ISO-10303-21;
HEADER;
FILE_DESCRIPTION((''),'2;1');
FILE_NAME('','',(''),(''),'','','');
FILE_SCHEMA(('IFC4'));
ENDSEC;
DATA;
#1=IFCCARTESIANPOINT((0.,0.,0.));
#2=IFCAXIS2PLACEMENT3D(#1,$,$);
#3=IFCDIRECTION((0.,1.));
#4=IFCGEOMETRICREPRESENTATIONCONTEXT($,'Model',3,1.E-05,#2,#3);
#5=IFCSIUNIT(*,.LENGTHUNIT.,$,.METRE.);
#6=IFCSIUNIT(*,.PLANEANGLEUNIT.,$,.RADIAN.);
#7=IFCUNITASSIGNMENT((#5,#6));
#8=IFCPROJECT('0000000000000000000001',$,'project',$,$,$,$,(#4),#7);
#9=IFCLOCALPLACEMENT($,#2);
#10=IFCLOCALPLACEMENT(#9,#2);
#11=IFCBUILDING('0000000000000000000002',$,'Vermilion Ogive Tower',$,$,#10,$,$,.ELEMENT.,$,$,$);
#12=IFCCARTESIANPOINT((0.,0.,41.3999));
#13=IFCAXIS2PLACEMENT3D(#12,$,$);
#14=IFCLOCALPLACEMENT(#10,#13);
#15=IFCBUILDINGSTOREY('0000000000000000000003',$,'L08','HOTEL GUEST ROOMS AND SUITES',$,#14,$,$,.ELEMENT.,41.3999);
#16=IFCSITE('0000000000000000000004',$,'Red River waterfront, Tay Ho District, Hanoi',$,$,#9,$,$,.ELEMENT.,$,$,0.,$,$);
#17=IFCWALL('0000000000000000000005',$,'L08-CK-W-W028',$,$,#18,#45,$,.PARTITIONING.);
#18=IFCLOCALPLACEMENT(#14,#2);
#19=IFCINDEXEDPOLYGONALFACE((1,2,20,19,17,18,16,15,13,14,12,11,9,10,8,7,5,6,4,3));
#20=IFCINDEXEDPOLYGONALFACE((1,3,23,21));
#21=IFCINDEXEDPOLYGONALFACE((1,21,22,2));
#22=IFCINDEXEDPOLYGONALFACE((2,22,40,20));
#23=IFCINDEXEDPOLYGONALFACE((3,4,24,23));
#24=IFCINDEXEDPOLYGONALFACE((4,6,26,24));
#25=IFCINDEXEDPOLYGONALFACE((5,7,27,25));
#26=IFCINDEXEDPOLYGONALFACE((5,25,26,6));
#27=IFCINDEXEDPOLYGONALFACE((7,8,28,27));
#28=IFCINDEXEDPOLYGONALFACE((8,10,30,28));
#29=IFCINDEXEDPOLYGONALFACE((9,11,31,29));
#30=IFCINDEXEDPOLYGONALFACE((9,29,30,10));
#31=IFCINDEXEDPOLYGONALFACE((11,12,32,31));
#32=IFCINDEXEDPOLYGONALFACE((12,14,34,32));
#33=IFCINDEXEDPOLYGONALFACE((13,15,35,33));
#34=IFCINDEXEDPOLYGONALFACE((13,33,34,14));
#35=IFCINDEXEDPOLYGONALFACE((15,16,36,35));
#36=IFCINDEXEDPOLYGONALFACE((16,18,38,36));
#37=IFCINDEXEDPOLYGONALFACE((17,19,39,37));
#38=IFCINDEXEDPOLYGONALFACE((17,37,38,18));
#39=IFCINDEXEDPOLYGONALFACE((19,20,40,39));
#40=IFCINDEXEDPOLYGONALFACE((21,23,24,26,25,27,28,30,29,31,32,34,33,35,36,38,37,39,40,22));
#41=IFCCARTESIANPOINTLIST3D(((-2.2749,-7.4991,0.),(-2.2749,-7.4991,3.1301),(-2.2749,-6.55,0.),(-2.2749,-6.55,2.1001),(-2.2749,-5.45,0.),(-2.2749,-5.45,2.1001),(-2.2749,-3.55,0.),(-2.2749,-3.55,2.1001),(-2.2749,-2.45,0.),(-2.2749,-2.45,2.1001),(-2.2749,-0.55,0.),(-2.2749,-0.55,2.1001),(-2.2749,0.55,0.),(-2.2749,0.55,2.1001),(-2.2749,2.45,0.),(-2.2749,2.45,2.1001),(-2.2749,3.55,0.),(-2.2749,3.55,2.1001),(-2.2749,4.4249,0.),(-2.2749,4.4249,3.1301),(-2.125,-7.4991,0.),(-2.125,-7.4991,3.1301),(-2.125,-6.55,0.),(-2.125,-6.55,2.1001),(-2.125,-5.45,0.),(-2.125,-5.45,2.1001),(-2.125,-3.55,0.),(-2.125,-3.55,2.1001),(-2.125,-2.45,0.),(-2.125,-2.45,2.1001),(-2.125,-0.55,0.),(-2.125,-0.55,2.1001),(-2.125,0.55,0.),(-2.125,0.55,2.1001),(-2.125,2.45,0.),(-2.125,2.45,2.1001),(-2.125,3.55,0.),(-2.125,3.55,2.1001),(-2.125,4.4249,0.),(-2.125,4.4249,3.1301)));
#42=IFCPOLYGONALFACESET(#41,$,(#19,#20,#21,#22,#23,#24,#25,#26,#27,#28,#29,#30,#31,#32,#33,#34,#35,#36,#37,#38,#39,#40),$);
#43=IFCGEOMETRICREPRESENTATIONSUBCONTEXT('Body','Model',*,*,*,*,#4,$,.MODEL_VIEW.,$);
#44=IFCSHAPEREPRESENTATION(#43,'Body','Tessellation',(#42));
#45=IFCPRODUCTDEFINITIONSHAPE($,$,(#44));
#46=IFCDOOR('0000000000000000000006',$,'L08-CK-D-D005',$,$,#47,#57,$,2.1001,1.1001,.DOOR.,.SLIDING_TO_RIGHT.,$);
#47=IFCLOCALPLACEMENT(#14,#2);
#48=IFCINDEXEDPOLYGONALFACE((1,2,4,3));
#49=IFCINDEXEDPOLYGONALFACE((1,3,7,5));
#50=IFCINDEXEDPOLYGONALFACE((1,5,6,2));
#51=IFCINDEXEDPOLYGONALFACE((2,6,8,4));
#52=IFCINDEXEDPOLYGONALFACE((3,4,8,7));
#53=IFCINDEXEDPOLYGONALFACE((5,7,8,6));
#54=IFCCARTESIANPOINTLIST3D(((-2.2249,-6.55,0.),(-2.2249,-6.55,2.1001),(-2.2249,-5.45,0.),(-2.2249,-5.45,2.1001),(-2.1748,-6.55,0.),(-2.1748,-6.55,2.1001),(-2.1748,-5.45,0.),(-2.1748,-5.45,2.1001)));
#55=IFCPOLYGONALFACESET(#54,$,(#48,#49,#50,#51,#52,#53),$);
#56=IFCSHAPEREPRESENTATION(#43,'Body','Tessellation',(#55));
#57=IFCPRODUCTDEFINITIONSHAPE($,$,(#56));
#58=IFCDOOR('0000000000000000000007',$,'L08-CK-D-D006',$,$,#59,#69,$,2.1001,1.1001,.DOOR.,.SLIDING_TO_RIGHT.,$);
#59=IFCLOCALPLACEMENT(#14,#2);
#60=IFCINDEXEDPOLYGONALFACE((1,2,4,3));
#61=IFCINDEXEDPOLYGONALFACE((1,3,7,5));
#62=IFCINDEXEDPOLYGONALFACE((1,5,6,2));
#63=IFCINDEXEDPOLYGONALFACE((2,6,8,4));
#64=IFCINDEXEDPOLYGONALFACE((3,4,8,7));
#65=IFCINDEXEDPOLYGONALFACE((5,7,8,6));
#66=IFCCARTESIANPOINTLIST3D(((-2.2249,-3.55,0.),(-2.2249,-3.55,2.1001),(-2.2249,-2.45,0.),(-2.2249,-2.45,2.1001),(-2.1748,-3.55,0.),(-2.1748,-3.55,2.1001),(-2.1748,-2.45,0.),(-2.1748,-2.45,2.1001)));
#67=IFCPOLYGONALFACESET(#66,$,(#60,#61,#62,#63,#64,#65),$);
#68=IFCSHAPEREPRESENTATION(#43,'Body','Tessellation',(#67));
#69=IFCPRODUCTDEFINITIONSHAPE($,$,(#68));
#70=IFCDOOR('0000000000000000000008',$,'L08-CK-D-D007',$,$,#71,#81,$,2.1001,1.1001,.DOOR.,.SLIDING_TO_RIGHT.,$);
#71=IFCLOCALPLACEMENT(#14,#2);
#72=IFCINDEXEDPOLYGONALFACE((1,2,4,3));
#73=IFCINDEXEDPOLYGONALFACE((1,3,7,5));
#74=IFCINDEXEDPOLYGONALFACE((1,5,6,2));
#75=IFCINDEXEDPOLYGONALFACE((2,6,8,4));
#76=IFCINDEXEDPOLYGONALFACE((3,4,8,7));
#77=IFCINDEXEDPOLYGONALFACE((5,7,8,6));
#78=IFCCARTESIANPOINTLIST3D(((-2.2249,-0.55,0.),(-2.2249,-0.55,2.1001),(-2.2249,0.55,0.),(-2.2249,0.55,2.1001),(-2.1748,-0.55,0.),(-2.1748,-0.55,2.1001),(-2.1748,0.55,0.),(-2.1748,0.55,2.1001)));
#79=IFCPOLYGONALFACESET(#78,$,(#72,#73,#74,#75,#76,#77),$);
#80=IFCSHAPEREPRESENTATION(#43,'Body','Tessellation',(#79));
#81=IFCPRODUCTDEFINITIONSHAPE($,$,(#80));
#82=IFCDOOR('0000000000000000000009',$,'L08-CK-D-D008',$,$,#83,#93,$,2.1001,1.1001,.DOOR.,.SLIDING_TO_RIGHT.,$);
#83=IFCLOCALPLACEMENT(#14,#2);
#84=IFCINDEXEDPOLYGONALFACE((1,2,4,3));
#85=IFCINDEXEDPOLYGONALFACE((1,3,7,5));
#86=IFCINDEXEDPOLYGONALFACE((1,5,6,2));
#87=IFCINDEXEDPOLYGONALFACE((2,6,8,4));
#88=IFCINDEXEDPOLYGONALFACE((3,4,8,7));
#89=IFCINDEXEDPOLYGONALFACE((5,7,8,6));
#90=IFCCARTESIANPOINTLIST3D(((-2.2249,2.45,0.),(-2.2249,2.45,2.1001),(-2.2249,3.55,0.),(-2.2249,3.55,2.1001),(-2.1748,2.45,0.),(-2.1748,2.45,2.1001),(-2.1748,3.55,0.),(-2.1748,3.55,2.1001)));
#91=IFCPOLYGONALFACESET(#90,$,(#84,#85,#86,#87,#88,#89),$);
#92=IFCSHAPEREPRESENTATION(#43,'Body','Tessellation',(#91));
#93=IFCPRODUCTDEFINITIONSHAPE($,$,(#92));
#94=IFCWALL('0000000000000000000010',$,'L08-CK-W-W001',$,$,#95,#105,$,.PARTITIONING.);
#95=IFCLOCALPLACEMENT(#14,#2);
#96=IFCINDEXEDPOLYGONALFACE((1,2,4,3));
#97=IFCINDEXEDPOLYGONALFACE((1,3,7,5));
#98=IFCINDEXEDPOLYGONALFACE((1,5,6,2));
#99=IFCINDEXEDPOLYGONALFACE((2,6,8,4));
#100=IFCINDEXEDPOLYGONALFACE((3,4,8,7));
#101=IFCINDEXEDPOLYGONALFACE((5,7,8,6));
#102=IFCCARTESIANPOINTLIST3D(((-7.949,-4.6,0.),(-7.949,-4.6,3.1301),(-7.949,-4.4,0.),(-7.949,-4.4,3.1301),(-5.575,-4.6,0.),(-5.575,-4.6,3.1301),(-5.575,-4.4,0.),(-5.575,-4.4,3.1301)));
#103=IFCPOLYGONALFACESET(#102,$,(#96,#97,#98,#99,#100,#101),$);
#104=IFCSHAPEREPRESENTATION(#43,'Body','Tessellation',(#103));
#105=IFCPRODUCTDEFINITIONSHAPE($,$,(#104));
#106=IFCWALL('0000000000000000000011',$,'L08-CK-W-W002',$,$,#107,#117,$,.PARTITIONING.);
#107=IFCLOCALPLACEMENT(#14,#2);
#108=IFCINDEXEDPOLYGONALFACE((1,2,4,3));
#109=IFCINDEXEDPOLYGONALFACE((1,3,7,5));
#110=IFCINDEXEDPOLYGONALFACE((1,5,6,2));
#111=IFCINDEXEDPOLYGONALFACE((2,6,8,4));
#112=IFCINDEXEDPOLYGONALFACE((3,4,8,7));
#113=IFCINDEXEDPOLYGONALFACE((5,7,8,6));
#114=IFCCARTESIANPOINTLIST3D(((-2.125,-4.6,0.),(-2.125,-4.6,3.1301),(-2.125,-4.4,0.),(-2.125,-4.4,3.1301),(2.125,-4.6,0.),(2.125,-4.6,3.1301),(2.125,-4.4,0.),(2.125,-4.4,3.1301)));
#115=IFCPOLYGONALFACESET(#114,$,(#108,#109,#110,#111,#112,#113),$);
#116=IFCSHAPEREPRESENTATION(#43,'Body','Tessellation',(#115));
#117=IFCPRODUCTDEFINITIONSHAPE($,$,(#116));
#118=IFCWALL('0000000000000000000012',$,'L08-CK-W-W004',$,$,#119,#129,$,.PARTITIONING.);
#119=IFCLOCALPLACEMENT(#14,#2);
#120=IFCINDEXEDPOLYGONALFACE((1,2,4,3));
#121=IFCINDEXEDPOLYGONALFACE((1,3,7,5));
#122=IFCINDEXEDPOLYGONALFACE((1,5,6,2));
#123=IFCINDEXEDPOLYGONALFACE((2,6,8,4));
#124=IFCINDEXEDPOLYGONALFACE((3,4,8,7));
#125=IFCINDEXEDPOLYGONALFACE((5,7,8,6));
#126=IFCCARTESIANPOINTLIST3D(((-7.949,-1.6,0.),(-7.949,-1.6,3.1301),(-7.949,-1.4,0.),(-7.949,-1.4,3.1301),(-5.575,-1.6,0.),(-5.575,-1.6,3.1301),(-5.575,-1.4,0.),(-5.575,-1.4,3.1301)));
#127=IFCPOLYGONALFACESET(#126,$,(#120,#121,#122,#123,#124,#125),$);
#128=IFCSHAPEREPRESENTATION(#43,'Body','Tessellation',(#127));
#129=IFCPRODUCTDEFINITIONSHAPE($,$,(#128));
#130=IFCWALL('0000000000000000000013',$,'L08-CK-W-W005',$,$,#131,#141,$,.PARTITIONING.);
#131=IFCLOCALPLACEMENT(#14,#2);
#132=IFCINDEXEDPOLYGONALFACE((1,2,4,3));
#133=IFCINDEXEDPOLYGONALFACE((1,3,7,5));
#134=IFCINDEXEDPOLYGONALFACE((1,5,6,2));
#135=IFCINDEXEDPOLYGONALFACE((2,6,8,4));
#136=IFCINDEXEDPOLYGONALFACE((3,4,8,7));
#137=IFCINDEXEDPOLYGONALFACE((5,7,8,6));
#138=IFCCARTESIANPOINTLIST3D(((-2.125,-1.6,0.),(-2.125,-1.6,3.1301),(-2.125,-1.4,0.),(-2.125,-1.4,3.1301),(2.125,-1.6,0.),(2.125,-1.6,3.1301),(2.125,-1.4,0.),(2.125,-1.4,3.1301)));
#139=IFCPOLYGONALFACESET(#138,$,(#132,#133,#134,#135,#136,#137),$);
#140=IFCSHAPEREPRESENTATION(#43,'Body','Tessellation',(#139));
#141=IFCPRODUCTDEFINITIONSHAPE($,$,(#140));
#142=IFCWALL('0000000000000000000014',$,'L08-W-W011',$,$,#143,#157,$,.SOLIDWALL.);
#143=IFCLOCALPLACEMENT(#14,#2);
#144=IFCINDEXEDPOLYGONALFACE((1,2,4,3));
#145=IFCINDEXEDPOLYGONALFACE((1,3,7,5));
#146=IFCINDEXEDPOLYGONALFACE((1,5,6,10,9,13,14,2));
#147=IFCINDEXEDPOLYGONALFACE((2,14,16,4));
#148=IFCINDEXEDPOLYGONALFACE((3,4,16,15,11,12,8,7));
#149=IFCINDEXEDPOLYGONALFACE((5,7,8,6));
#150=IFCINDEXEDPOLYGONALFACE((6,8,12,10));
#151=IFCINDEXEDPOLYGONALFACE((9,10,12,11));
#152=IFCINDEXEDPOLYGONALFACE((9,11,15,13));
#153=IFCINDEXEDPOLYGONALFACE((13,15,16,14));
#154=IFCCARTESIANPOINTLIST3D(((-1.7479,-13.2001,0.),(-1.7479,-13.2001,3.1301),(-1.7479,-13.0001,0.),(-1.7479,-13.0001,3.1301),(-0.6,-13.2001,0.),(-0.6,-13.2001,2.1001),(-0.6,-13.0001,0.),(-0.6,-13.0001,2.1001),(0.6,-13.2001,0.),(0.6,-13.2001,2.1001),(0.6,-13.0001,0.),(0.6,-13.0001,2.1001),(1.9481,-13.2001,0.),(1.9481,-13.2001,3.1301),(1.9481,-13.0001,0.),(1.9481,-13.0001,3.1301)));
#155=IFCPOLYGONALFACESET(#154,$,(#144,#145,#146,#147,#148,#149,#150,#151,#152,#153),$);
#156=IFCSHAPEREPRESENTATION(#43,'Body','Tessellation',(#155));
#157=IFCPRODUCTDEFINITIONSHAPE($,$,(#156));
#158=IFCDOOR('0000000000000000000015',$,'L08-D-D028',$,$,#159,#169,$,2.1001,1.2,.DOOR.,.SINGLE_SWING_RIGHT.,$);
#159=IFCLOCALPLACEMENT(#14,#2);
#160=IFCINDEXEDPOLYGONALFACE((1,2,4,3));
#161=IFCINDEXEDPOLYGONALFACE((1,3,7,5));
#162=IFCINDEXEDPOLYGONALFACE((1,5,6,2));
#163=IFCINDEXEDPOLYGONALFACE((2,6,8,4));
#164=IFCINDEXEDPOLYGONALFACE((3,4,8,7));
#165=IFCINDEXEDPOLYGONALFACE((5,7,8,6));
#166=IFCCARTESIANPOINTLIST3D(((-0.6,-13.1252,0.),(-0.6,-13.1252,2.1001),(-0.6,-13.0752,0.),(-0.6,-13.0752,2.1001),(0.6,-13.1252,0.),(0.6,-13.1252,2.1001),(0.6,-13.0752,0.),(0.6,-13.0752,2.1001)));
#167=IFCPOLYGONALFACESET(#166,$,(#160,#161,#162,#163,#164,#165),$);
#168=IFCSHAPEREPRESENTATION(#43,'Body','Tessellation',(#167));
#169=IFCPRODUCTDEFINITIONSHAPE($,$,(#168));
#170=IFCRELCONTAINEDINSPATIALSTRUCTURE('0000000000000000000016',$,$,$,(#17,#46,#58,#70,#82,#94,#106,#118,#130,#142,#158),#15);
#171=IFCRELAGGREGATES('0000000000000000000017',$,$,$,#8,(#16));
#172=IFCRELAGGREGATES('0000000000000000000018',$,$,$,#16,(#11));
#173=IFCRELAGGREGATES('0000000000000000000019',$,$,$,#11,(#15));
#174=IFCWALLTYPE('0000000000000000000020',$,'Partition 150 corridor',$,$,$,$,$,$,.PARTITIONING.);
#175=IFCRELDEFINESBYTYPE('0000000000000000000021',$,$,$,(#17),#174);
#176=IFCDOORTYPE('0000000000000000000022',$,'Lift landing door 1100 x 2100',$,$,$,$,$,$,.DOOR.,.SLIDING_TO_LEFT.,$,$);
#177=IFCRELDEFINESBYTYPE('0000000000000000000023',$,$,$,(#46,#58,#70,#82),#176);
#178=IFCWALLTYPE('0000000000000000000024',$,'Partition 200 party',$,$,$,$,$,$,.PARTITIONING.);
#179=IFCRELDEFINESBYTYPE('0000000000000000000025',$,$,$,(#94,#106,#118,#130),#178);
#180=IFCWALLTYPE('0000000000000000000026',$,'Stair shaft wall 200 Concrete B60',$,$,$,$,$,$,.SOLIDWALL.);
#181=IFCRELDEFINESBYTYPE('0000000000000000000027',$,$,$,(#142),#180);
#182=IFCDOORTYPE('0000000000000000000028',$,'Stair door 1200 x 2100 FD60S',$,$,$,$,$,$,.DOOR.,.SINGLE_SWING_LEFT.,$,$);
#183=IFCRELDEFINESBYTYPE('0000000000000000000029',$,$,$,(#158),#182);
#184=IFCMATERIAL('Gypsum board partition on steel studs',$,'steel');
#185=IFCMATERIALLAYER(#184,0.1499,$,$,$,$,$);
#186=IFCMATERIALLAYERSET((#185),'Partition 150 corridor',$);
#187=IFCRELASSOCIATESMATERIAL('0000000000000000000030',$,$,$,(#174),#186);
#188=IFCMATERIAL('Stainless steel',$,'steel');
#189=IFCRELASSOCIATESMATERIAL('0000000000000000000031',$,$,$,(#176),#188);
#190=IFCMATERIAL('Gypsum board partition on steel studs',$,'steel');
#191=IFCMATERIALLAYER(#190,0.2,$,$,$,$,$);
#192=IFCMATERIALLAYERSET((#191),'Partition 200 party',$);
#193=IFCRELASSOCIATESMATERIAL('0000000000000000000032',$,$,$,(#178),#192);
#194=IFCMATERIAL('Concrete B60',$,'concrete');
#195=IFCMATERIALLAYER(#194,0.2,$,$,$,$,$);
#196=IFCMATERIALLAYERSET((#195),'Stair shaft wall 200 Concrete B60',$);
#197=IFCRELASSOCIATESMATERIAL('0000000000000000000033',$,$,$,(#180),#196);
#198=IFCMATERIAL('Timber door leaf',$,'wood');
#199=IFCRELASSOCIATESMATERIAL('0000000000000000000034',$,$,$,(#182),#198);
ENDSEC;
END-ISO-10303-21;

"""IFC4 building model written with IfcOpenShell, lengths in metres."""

from ifc_helpers import new_model, si_unit, direction, frame, frame_2d, origin, place, context, subcontext, project, spatial, rectangle, extrude, material, layer, layer_set, type_object, element, fill, save


model = new_model("IFC4")

# Units and contexts
model_context = context("Model", 3, precision=1e-05, world=origin(), true_north=direction((0.0, 1.0)))
body_context = subcontext(model_context, "Body", "Model", "MODEL_VIEW")
ifc_project = project(units=[si_unit("LENGTHUNIT", "METRE"), si_unit("PLANEANGLEUNIT", "RADIAN")], contexts=[model_context])

# Site, building, storey
site_placement = place(None, origin())
site = spatial("IfcSite", under=ifc_project, at=site_placement, Name="Red River waterfront, Tay Ho District, Hanoi", CompositionType="ELEMENT", RefElevation=0.0)
building_placement = place(site_placement, origin())
building = spatial("IfcBuilding", under=site, at=building_placement, Name="Vermilion Ogive Tower", CompositionType="ELEMENT")
storey_placement = place(building_placement, frame((0.0, 0.0, 41.3999)))
storey = spatial("IfcBuildingStorey", under=building, at=storey_placement, Name="L08", Description="HOTEL GUEST ROOMS AND SUITES", CompositionType="ELEMENT", Elevation=41.3999)

# Wall, openings, doors
ifc_material_1 = material(Name="Gypsum board partition on steel studs", Category="steel")
ifc_layer_1 = layer(ifc_material_1, 0.1499)
ifc_layer_set_1 = layer_set([ifc_layer_1], Name="Partition 150 corridor")
wall_type_1 = type_object("IfcWallType", Name="Partition 150 corridor", PredefinedType="PARTITIONING", material=ifc_layer_set_1)
ifc_material_2 = material(Name="Stainless steel", Category="steel")
door_type_1 = type_object("IfcDoorType", Name="Lift landing door 1100 x 2100", OperationType="SLIDING_TO_LEFT", PredefinedType="DOOR", material=ifc_material_2)
wall_1_placement = place(storey_placement, frame((-2.2, -7.499, 0.0), z_axis=(0.0, 0.0, 1.0), x_axis=(0.0, 1.0, 0.0)))
wall_1 = element("IfcWall", 1, at=wall_1_placement, inside=storey, type_object=wall_type_1, Name="L08-CK-W-W028", PredefinedType="PARTITIONING", context=body_context, shape_type="SweptSolid", body=[
    extrude(rectangle(XDim=11.9241, YDim=0.1499, at=frame_2d((5.9619, 0.0))), origin(), (0.0, 0.0, 1.0), 3.1301),
])
opening_1_placement = place(wall_1_placement, frame((0.949, 0.0, 0.0)))
opening_1 = element("IfcOpeningElement", 2, at=opening_1_placement, cuts=wall_1, PredefinedType="OPENING", context=body_context, shape_type="SweptSolid", body=[
    extrude(rectangle(XDim=1.1001, YDim=2.1001, at=frame_2d((0.55, 1.05))), frame((0.0, 0.085, 0.0), z_axis=(0.0, -1.0, 0.0), x_axis=(1.0, 0.0, 0.0)), (0.0, 0.0, 1.0), 0.1699),
])
opening_2_placement = place(wall_1_placement, frame((3.949, 0.0, 0.0)))
opening_2 = element("IfcOpeningElement", 3, at=opening_2_placement, cuts=wall_1, PredefinedType="OPENING", context=body_context, shape_type="SweptSolid", body=[
    extrude(rectangle(XDim=1.1001, YDim=2.1001, at=frame_2d((0.55, 1.05))), frame((0.0, 0.085, 0.0), z_axis=(0.0, -1.0, 0.0), x_axis=(1.0, 0.0, 0.0)), (0.0, 0.0, 1.0), 0.1699),
])
opening_3_placement = place(wall_1_placement, frame((6.949, 0.0, 0.0)))
opening_3 = element("IfcOpeningElement", 4, at=opening_3_placement, cuts=wall_1, PredefinedType="OPENING", context=body_context, shape_type="SweptSolid", body=[
    extrude(rectangle(XDim=1.1001, YDim=2.1001, at=frame_2d((0.55, 1.05))), frame((0.0, 0.085, 0.0), z_axis=(0.0, -1.0, 0.0), x_axis=(1.0, 0.0, 0.0)), (0.0, 0.0, 1.0), 0.1699),
])
opening_4_placement = place(wall_1_placement, frame((9.949, 0.0, 0.0)))
opening_4 = element("IfcOpeningElement", 5, at=opening_4_placement, cuts=wall_1, PredefinedType="OPENING", context=body_context, shape_type="SweptSolid", body=[
    extrude(rectangle(XDim=1.1001, YDim=2.1001, at=frame_2d((0.55, 1.05))), frame((0.0, 0.085, 0.0), z_axis=(0.0, -1.0, 0.0), x_axis=(1.0, 0.0, 0.0)), (0.0, 0.0, 1.0), 0.1699),
])
door_1_placement = place(opening_1_placement, origin())
door_1 = element("IfcDoor", 6, at=door_1_placement, inside=storey, type_object=door_type_1, Name="L08-CK-D-D005", OperationType="SLIDING_TO_RIGHT", OverallHeight=2.1001, OverallWidth=1.1001, PredefinedType="DOOR", context=body_context, shape_type="SweptSolid", body=[
    extrude(rectangle(XDim=1.1001, YDim=2.1001, at=frame_2d((0.55, 1.05))), frame((0.0, 0.0249, 0.0), z_axis=(0.0, -1.0, 0.0), x_axis=(1.0, 0.0, 0.0)), (0.0, 0.0, 1.0), 0.05),
])
fill(opening_1, door_1)
door_2_placement = place(opening_2_placement, origin())
door_2 = element("IfcDoor", 7, at=door_2_placement, inside=storey, type_object=door_type_1, Name="L08-CK-D-D006", OperationType="SLIDING_TO_RIGHT", OverallHeight=2.1001, OverallWidth=1.1001, PredefinedType="DOOR", context=body_context, shape_type="SweptSolid", body=[
    extrude(rectangle(XDim=1.1001, YDim=2.1001, at=frame_2d((0.55, 1.05))), frame((0.0, 0.0249, 0.0), z_axis=(0.0, -1.0, 0.0), x_axis=(1.0, 0.0, 0.0)), (0.0, 0.0, 1.0), 0.05),
])
fill(opening_2, door_2)
door_3_placement = place(opening_3_placement, origin())
door_3 = element("IfcDoor", 8, at=door_3_placement, inside=storey, type_object=door_type_1, Name="L08-CK-D-D007", OperationType="SLIDING_TO_RIGHT", OverallHeight=2.1001, OverallWidth=1.1001, PredefinedType="DOOR", context=body_context, shape_type="SweptSolid", body=[
    extrude(rectangle(XDim=1.1001, YDim=2.1001, at=frame_2d((0.55, 1.05))), frame((0.0, 0.0249, 0.0), z_axis=(0.0, -1.0, 0.0), x_axis=(1.0, 0.0, 0.0)), (0.0, 0.0, 1.0), 0.05),
])
fill(opening_3, door_3)
door_4_placement = place(opening_4_placement, origin())
door_4 = element("IfcDoor", 9, at=door_4_placement, inside=storey, type_object=door_type_1, Name="L08-CK-D-D008", OperationType="SLIDING_TO_RIGHT", OverallHeight=2.1001, OverallWidth=1.1001, PredefinedType="DOOR", context=body_context, shape_type="SweptSolid", body=[
    extrude(rectangle(XDim=1.1001, YDim=2.1001, at=frame_2d((0.55, 1.05))), frame((0.0, 0.0249, 0.0), z_axis=(0.0, -1.0, 0.0), x_axis=(1.0, 0.0, 0.0)), (0.0, 0.0, 1.0), 0.05),
])
fill(opening_4, door_4)

# Walls
ifc_material_3 = material(Name="Gypsum board partition on steel studs", Category="steel")
ifc_layer_2 = layer(ifc_material_3, 0.2)
ifc_layer_set_2 = layer_set([ifc_layer_2], Name="Partition 200 party")
wall_type_2 = type_object("IfcWallType", Name="Partition 200 party", PredefinedType="PARTITIONING", material=ifc_layer_set_2)
wall_2_placement = place(storey_placement, frame((-7.949, -4.5, 0.0), z_axis=(0.0, 0.0, 1.0), x_axis=(1.0, 0.0, 0.0)))
element("IfcWall", 10, at=wall_2_placement, inside=storey, type_object=wall_type_2, Name="L08-CK-W-W001", PredefinedType="PARTITIONING", context=body_context, shape_type="SweptSolid", body=[
    extrude(rectangle(XDim=2.374, YDim=0.2, at=frame_2d((1.187, 0.0))), origin(), (0.0, 0.0, 1.0), 3.1301),
])
wall_3_placement = place(storey_placement, frame((-2.125, -4.5, 0.0), z_axis=(0.0, 0.0, 1.0), x_axis=(1.0, 0.0, 0.0)))
element("IfcWall", 11, at=wall_3_placement, inside=storey, type_object=wall_type_2, Name="L08-CK-W-W002", PredefinedType="PARTITIONING", context=body_context, shape_type="SweptSolid", body=[
    extrude(rectangle(XDim=4.25, YDim=0.2, at=frame_2d((2.125, 0.0))), origin(), (0.0, 0.0, 1.0), 3.1301),
])
wall_4_placement = place(storey_placement, frame((-7.949, -1.5, 0.0), z_axis=(0.0, 0.0, 1.0), x_axis=(1.0, 0.0, 0.0)))
element("IfcWall", 12, at=wall_4_placement, inside=storey, type_object=wall_type_2, Name="L08-CK-W-W004", PredefinedType="PARTITIONING", context=body_context, shape_type="SweptSolid", body=[
    extrude(rectangle(XDim=2.374, YDim=0.2, at=frame_2d((1.187, 0.0))), origin(), (0.0, 0.0, 1.0), 3.1301),
])
wall_5_placement = place(storey_placement, frame((-2.125, -1.5, 0.0), z_axis=(0.0, 0.0, 1.0), x_axis=(1.0, 0.0, 0.0)))
element("IfcWall", 13, at=wall_5_placement, inside=storey, type_object=wall_type_2, Name="L08-CK-W-W005", PredefinedType="PARTITIONING", context=body_context, shape_type="SweptSolid", body=[
    extrude(rectangle(XDim=4.25, YDim=0.2, at=frame_2d((2.125, 0.0))), origin(), (0.0, 0.0, 1.0), 3.1301),
])

# Wall, opening, door
ifc_material_4 = material(Name="Concrete B60", Category="concrete")
ifc_layer_3 = layer(ifc_material_4, 0.2)
ifc_layer_set_3 = layer_set([ifc_layer_3], Name="Stair shaft wall 200 Concrete B60")
wall_type_3 = type_object("IfcWallType", Name="Stair shaft wall 200 Concrete B60", PredefinedType="SOLIDWALL", material=ifc_layer_set_3)
wall_6_placement = place(storey_placement, frame((-1.748, -13.1001, 0.0), z_axis=(0.0, 0.0, 1.0), x_axis=(1.0, 0.0, 0.0)))
wall_6 = element("IfcWall", 14, at=wall_6_placement, inside=storey, type_object=wall_type_3, Name="L08-W-W011", PredefinedType="SOLIDWALL", context=body_context, shape_type="SweptSolid", body=[
    extrude(rectangle(XDim=3.696, YDim=0.2, at=frame_2d((1.8481, 0.0))), origin(), (0.0, 0.0, 1.0), 3.1301),
])
opening_5_placement = place(wall_6_placement, frame((1.1479, 0.0, 0.0)))
opening_5 = element("IfcOpeningElement", 15, at=opening_5_placement, cuts=wall_6, PredefinedType="OPENING", context=body_context, shape_type="SweptSolid", body=[
    extrude(rectangle(XDim=1.2, YDim=2.1001, at=frame_2d((0.6001, 1.05))), frame((0.0, 0.1099, 0.0), z_axis=(0.0, -1.0, 0.0), x_axis=(1.0, 0.0, 0.0)), (0.0, 0.0, 1.0), 0.22),
])
ifc_material_5 = material(Name="Timber door leaf", Category="wood")
door_type_2 = type_object("IfcDoorType", Name="Stair door 1200 x 2100 FD60S", OperationType="SINGLE_SWING_LEFT", PredefinedType="DOOR", material=ifc_material_5)
door_5_placement = place(opening_5_placement, origin())
door_5 = element("IfcDoor", 16, at=door_5_placement, inside=storey, type_object=door_type_2, Name="L08-D-D028", OperationType="SINGLE_SWING_RIGHT", OverallHeight=2.1001, OverallWidth=1.2, PredefinedType="DOOR", context=body_context, shape_type="SweptSolid", body=[
    extrude(rectangle(XDim=1.2, YDim=2.1001, at=frame_2d((0.6001, 1.05))), frame((0.0, 0.0249, 0.0), z_axis=(0.0, -1.0, 0.0), x_axis=(1.0, 0.0, 0.0)), (0.0, 0.0, 1.0), 0.05),
])
fill(opening_5, door_5)

save(model, "model.ifc")
